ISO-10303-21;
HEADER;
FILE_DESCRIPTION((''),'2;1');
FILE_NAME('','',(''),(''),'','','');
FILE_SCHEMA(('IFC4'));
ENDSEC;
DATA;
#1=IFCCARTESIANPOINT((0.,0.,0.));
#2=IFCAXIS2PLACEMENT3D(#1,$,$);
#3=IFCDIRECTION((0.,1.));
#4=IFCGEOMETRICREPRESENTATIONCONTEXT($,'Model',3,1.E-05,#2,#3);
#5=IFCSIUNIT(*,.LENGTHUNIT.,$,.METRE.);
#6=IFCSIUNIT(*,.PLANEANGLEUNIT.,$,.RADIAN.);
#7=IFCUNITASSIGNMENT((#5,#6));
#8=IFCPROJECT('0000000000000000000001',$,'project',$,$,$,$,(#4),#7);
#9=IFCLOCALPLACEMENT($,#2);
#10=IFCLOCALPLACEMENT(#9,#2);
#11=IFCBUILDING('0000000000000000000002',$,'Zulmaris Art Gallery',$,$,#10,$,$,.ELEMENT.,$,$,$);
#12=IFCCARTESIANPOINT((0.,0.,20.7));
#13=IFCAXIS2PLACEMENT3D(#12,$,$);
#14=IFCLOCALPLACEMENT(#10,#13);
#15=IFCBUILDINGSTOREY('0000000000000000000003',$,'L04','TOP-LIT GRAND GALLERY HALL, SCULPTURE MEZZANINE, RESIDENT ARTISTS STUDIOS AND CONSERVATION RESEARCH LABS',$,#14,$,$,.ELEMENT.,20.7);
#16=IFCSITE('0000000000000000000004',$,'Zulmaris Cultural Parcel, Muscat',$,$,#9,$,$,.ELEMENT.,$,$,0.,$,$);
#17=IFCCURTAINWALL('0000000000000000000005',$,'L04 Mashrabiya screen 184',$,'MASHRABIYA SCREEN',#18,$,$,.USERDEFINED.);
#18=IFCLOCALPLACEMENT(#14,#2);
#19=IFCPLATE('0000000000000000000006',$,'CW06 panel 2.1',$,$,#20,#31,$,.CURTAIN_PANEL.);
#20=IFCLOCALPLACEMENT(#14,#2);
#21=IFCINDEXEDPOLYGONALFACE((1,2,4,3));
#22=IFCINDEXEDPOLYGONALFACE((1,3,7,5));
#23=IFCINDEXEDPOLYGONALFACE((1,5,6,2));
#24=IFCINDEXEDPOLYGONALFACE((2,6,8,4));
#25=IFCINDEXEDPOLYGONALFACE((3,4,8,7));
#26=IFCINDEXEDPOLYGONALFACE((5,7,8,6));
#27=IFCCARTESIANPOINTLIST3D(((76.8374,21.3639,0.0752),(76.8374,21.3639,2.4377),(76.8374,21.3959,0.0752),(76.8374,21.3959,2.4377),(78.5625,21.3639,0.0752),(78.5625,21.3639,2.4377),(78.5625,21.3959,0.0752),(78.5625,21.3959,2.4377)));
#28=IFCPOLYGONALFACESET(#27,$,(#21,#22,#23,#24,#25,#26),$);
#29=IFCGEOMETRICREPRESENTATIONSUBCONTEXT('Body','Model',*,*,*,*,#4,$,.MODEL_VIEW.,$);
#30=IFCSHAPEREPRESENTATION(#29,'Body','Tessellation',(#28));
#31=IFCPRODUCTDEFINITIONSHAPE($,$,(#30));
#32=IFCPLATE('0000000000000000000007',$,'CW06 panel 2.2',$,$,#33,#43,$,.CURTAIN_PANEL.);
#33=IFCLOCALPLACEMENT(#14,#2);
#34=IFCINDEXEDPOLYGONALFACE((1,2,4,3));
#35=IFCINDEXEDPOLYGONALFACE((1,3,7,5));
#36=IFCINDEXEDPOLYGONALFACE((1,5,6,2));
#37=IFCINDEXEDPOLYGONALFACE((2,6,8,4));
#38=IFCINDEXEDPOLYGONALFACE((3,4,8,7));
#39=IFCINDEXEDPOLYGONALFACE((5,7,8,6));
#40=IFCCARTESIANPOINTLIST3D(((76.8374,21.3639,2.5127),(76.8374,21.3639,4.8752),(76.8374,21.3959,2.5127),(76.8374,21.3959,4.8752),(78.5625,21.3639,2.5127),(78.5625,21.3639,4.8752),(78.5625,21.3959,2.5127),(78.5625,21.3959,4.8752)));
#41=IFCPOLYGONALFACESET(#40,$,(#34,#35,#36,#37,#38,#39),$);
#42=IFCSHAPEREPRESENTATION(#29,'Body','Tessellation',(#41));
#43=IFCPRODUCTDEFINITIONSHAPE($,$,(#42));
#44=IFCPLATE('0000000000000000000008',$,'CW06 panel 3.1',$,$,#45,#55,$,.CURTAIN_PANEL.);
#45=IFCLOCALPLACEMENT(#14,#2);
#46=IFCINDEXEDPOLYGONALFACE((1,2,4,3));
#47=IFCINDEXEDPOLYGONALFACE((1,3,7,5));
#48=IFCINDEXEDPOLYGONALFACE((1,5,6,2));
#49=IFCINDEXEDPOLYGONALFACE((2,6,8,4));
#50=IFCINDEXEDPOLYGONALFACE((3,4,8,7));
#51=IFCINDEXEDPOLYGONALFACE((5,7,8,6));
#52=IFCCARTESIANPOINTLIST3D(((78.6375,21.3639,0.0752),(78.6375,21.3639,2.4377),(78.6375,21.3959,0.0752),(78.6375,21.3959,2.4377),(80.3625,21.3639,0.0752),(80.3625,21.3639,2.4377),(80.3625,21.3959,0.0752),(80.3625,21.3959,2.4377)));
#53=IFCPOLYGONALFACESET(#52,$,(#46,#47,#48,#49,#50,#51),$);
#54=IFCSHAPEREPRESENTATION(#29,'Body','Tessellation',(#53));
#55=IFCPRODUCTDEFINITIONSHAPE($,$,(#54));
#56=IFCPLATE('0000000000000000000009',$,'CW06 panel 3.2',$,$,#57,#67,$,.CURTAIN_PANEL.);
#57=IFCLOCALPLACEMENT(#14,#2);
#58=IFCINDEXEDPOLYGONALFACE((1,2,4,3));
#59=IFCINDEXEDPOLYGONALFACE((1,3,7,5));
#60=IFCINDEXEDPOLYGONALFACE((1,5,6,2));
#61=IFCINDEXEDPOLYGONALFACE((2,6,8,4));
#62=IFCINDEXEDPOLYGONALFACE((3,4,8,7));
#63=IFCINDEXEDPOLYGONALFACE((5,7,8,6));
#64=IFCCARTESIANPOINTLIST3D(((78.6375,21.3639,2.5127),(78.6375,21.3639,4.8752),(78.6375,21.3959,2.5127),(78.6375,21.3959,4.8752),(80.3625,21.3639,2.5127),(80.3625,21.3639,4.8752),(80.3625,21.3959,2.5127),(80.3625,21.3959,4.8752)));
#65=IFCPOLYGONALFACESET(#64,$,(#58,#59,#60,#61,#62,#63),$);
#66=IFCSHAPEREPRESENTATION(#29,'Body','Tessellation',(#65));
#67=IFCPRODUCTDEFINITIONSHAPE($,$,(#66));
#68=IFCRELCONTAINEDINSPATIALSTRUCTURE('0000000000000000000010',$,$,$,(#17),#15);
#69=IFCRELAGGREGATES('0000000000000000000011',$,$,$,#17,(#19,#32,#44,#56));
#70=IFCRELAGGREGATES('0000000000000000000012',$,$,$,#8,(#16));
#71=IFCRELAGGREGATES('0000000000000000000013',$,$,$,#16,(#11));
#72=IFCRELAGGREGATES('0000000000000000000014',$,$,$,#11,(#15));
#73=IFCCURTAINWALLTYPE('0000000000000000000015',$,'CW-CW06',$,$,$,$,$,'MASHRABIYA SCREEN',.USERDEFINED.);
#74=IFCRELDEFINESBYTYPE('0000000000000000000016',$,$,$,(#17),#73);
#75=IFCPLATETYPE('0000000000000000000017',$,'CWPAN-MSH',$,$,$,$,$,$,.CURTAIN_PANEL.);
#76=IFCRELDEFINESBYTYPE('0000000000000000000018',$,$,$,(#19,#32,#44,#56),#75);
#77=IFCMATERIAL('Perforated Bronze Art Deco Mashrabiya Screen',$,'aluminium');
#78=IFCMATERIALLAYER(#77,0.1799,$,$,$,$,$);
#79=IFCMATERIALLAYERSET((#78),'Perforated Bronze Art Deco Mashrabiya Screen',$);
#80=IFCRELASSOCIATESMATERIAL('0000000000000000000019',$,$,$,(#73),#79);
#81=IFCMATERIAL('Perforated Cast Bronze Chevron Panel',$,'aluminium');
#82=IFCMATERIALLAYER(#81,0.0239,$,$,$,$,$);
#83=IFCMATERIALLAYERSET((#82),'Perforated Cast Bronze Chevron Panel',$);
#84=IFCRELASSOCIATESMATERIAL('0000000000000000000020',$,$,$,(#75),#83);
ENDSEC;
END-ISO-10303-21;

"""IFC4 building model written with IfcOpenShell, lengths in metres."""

from ifc_helpers import new_model, si_unit, direction, frame, origin, origin_2d, place, context, subcontext, project, spatial, rectangle, extrude, material, layer, layer_set, type_object, element, aggregate, save


model = new_model("IFC4")

# Units and contexts
model_context = context("Model", 3, precision=1e-05, world=origin(), true_north=direction((0.0, 1.0)))
body_context = subcontext(model_context, "Body", "Model", "MODEL_VIEW")
ifc_project = project(units=[si_unit("LENGTHUNIT", "METRE"), si_unit("PLANEANGLEUNIT", "RADIAN")], contexts=[model_context])

# Site, building, storey
site_placement = place(None, origin())
site = spatial("IfcSite", under=ifc_project, at=site_placement, Name="Zulmaris Cultural Parcel, Muscat", CompositionType="ELEMENT", RefElevation=0.0)
building_placement = place(site_placement, origin())
building = spatial("IfcBuilding", under=site, at=building_placement, Name="Zulmaris Art Gallery", CompositionType="ELEMENT")
storey_placement = place(building_placement, frame((0.0, 0.0, 20.7)))
storey = spatial("IfcBuildingStorey", under=building, at=storey_placement, Name="L04", Description="TOP-LIT GRAND GALLERY HALL, SCULPTURE MEZZANINE, RESIDENT ARTISTS STUDIOS AND CONSERVATION RESEARCH LABS", CompositionType="ELEMENT", Elevation=20.7)

# Curtain wall
ifc_material_1 = material(Name="Perforated Bronze Art Deco Mashrabiya Screen", Category="aluminium")
ifc_layer_1 = layer(ifc_material_1, 0.1799)
ifc_layer_set_1 = layer_set([ifc_layer_1], Name="Perforated Bronze Art Deco Mashrabiya Screen")
curtain_wall_type_1 = type_object("IfcCurtainWallType", Name="CW-CW06", ElementType="MASHRABIYA SCREEN", PredefinedType="USERDEFINED", material=ifc_layer_set_1)
curtain_wall_1_placement = place(storey_placement, origin())
curtain_wall_1 = element("IfcCurtainWall", 1, at=curtain_wall_1_placement, inside=storey, type_object=curtain_wall_type_1, Name="L04 Mashrabiya screen 184", ObjectType="MASHRABIYA SCREEN", PredefinedType="USERDEFINED")

# Plates
ifc_material_2 = material(Name="Perforated Cast Bronze Chevron Panel", Category="aluminium")
ifc_layer_2 = layer(ifc_material_2, 0.0239)
ifc_layer_set_2 = layer_set([ifc_layer_2], Name="Perforated Cast Bronze Chevron Panel")
plate_type_1 = type_object("IfcPlateType", Name="CWPAN-MSH", PredefinedType="CURTAIN_PANEL", material=ifc_layer_set_2)
plate_1_placement = place(storey_placement, frame((77.7, 21.3799, 0.0752), z_axis=(0.0, 0.0, 1.0), x_axis=(1.0, 0.0, 0.0)))
plate_1 = element("IfcPlate", 2, at=plate_1_placement, type_object=plate_type_1, Name="CW06 panel 2.1", PredefinedType="CURTAIN_PANEL", context=body_context, shape_type="SweptSolid", body=[
    extrude(rectangle(XDim=1.7251, YDim=0.032, at=origin_2d()), origin(), (0.0, 0.0, 1.0), 2.3625),
])
plate_2_placement = place(storey_placement, frame((77.7, 21.3799, 2.5127), z_axis=(0.0, 0.0, 1.0), x_axis=(1.0, 0.0, 0.0)))
plate_2 = element("IfcPlate", 3, at=plate_2_placement, type_object=plate_type_1, Name="CW06 panel 2.2", PredefinedType="CURTAIN_PANEL", context=body_context, shape_type="SweptSolid", body=[
    extrude(rectangle(XDim=1.7251, YDim=0.032, at=origin_2d()), origin(), (0.0, 0.0, 1.0), 2.3625),
])
plate_3_placement = place(storey_placement, frame((79.5, 21.3799, 0.0752), z_axis=(0.0, 0.0, 1.0), x_axis=(1.0, 0.0, 0.0)))
plate_3 = element("IfcPlate", 4, at=plate_3_placement, type_object=plate_type_1, Name="CW06 panel 3.1", PredefinedType="CURTAIN_PANEL", context=body_context, shape_type="SweptSolid", body=[
    extrude(rectangle(XDim=1.7251, YDim=0.032, at=origin_2d()), origin(), (0.0, 0.0, 1.0), 2.3625),
])
plate_4_placement = place(storey_placement, frame((79.5, 21.3799, 2.5127), z_axis=(0.0, 0.0, 1.0), x_axis=(1.0, 0.0, 0.0)))
plate_4 = element("IfcPlate", 5, at=plate_4_placement, type_object=plate_type_1, Name="CW06 panel 3.2", PredefinedType="CURTAIN_PANEL", context=body_context, shape_type="SweptSolid", body=[
    extrude(rectangle(XDim=1.7251, YDim=0.032, at=origin_2d()), origin(), (0.0, 0.0, 1.0), 2.3625),
])
aggregate(curtain_wall_1, [plate_1, plate_2, plate_3, plate_4])

save(model, "model.ifc")
